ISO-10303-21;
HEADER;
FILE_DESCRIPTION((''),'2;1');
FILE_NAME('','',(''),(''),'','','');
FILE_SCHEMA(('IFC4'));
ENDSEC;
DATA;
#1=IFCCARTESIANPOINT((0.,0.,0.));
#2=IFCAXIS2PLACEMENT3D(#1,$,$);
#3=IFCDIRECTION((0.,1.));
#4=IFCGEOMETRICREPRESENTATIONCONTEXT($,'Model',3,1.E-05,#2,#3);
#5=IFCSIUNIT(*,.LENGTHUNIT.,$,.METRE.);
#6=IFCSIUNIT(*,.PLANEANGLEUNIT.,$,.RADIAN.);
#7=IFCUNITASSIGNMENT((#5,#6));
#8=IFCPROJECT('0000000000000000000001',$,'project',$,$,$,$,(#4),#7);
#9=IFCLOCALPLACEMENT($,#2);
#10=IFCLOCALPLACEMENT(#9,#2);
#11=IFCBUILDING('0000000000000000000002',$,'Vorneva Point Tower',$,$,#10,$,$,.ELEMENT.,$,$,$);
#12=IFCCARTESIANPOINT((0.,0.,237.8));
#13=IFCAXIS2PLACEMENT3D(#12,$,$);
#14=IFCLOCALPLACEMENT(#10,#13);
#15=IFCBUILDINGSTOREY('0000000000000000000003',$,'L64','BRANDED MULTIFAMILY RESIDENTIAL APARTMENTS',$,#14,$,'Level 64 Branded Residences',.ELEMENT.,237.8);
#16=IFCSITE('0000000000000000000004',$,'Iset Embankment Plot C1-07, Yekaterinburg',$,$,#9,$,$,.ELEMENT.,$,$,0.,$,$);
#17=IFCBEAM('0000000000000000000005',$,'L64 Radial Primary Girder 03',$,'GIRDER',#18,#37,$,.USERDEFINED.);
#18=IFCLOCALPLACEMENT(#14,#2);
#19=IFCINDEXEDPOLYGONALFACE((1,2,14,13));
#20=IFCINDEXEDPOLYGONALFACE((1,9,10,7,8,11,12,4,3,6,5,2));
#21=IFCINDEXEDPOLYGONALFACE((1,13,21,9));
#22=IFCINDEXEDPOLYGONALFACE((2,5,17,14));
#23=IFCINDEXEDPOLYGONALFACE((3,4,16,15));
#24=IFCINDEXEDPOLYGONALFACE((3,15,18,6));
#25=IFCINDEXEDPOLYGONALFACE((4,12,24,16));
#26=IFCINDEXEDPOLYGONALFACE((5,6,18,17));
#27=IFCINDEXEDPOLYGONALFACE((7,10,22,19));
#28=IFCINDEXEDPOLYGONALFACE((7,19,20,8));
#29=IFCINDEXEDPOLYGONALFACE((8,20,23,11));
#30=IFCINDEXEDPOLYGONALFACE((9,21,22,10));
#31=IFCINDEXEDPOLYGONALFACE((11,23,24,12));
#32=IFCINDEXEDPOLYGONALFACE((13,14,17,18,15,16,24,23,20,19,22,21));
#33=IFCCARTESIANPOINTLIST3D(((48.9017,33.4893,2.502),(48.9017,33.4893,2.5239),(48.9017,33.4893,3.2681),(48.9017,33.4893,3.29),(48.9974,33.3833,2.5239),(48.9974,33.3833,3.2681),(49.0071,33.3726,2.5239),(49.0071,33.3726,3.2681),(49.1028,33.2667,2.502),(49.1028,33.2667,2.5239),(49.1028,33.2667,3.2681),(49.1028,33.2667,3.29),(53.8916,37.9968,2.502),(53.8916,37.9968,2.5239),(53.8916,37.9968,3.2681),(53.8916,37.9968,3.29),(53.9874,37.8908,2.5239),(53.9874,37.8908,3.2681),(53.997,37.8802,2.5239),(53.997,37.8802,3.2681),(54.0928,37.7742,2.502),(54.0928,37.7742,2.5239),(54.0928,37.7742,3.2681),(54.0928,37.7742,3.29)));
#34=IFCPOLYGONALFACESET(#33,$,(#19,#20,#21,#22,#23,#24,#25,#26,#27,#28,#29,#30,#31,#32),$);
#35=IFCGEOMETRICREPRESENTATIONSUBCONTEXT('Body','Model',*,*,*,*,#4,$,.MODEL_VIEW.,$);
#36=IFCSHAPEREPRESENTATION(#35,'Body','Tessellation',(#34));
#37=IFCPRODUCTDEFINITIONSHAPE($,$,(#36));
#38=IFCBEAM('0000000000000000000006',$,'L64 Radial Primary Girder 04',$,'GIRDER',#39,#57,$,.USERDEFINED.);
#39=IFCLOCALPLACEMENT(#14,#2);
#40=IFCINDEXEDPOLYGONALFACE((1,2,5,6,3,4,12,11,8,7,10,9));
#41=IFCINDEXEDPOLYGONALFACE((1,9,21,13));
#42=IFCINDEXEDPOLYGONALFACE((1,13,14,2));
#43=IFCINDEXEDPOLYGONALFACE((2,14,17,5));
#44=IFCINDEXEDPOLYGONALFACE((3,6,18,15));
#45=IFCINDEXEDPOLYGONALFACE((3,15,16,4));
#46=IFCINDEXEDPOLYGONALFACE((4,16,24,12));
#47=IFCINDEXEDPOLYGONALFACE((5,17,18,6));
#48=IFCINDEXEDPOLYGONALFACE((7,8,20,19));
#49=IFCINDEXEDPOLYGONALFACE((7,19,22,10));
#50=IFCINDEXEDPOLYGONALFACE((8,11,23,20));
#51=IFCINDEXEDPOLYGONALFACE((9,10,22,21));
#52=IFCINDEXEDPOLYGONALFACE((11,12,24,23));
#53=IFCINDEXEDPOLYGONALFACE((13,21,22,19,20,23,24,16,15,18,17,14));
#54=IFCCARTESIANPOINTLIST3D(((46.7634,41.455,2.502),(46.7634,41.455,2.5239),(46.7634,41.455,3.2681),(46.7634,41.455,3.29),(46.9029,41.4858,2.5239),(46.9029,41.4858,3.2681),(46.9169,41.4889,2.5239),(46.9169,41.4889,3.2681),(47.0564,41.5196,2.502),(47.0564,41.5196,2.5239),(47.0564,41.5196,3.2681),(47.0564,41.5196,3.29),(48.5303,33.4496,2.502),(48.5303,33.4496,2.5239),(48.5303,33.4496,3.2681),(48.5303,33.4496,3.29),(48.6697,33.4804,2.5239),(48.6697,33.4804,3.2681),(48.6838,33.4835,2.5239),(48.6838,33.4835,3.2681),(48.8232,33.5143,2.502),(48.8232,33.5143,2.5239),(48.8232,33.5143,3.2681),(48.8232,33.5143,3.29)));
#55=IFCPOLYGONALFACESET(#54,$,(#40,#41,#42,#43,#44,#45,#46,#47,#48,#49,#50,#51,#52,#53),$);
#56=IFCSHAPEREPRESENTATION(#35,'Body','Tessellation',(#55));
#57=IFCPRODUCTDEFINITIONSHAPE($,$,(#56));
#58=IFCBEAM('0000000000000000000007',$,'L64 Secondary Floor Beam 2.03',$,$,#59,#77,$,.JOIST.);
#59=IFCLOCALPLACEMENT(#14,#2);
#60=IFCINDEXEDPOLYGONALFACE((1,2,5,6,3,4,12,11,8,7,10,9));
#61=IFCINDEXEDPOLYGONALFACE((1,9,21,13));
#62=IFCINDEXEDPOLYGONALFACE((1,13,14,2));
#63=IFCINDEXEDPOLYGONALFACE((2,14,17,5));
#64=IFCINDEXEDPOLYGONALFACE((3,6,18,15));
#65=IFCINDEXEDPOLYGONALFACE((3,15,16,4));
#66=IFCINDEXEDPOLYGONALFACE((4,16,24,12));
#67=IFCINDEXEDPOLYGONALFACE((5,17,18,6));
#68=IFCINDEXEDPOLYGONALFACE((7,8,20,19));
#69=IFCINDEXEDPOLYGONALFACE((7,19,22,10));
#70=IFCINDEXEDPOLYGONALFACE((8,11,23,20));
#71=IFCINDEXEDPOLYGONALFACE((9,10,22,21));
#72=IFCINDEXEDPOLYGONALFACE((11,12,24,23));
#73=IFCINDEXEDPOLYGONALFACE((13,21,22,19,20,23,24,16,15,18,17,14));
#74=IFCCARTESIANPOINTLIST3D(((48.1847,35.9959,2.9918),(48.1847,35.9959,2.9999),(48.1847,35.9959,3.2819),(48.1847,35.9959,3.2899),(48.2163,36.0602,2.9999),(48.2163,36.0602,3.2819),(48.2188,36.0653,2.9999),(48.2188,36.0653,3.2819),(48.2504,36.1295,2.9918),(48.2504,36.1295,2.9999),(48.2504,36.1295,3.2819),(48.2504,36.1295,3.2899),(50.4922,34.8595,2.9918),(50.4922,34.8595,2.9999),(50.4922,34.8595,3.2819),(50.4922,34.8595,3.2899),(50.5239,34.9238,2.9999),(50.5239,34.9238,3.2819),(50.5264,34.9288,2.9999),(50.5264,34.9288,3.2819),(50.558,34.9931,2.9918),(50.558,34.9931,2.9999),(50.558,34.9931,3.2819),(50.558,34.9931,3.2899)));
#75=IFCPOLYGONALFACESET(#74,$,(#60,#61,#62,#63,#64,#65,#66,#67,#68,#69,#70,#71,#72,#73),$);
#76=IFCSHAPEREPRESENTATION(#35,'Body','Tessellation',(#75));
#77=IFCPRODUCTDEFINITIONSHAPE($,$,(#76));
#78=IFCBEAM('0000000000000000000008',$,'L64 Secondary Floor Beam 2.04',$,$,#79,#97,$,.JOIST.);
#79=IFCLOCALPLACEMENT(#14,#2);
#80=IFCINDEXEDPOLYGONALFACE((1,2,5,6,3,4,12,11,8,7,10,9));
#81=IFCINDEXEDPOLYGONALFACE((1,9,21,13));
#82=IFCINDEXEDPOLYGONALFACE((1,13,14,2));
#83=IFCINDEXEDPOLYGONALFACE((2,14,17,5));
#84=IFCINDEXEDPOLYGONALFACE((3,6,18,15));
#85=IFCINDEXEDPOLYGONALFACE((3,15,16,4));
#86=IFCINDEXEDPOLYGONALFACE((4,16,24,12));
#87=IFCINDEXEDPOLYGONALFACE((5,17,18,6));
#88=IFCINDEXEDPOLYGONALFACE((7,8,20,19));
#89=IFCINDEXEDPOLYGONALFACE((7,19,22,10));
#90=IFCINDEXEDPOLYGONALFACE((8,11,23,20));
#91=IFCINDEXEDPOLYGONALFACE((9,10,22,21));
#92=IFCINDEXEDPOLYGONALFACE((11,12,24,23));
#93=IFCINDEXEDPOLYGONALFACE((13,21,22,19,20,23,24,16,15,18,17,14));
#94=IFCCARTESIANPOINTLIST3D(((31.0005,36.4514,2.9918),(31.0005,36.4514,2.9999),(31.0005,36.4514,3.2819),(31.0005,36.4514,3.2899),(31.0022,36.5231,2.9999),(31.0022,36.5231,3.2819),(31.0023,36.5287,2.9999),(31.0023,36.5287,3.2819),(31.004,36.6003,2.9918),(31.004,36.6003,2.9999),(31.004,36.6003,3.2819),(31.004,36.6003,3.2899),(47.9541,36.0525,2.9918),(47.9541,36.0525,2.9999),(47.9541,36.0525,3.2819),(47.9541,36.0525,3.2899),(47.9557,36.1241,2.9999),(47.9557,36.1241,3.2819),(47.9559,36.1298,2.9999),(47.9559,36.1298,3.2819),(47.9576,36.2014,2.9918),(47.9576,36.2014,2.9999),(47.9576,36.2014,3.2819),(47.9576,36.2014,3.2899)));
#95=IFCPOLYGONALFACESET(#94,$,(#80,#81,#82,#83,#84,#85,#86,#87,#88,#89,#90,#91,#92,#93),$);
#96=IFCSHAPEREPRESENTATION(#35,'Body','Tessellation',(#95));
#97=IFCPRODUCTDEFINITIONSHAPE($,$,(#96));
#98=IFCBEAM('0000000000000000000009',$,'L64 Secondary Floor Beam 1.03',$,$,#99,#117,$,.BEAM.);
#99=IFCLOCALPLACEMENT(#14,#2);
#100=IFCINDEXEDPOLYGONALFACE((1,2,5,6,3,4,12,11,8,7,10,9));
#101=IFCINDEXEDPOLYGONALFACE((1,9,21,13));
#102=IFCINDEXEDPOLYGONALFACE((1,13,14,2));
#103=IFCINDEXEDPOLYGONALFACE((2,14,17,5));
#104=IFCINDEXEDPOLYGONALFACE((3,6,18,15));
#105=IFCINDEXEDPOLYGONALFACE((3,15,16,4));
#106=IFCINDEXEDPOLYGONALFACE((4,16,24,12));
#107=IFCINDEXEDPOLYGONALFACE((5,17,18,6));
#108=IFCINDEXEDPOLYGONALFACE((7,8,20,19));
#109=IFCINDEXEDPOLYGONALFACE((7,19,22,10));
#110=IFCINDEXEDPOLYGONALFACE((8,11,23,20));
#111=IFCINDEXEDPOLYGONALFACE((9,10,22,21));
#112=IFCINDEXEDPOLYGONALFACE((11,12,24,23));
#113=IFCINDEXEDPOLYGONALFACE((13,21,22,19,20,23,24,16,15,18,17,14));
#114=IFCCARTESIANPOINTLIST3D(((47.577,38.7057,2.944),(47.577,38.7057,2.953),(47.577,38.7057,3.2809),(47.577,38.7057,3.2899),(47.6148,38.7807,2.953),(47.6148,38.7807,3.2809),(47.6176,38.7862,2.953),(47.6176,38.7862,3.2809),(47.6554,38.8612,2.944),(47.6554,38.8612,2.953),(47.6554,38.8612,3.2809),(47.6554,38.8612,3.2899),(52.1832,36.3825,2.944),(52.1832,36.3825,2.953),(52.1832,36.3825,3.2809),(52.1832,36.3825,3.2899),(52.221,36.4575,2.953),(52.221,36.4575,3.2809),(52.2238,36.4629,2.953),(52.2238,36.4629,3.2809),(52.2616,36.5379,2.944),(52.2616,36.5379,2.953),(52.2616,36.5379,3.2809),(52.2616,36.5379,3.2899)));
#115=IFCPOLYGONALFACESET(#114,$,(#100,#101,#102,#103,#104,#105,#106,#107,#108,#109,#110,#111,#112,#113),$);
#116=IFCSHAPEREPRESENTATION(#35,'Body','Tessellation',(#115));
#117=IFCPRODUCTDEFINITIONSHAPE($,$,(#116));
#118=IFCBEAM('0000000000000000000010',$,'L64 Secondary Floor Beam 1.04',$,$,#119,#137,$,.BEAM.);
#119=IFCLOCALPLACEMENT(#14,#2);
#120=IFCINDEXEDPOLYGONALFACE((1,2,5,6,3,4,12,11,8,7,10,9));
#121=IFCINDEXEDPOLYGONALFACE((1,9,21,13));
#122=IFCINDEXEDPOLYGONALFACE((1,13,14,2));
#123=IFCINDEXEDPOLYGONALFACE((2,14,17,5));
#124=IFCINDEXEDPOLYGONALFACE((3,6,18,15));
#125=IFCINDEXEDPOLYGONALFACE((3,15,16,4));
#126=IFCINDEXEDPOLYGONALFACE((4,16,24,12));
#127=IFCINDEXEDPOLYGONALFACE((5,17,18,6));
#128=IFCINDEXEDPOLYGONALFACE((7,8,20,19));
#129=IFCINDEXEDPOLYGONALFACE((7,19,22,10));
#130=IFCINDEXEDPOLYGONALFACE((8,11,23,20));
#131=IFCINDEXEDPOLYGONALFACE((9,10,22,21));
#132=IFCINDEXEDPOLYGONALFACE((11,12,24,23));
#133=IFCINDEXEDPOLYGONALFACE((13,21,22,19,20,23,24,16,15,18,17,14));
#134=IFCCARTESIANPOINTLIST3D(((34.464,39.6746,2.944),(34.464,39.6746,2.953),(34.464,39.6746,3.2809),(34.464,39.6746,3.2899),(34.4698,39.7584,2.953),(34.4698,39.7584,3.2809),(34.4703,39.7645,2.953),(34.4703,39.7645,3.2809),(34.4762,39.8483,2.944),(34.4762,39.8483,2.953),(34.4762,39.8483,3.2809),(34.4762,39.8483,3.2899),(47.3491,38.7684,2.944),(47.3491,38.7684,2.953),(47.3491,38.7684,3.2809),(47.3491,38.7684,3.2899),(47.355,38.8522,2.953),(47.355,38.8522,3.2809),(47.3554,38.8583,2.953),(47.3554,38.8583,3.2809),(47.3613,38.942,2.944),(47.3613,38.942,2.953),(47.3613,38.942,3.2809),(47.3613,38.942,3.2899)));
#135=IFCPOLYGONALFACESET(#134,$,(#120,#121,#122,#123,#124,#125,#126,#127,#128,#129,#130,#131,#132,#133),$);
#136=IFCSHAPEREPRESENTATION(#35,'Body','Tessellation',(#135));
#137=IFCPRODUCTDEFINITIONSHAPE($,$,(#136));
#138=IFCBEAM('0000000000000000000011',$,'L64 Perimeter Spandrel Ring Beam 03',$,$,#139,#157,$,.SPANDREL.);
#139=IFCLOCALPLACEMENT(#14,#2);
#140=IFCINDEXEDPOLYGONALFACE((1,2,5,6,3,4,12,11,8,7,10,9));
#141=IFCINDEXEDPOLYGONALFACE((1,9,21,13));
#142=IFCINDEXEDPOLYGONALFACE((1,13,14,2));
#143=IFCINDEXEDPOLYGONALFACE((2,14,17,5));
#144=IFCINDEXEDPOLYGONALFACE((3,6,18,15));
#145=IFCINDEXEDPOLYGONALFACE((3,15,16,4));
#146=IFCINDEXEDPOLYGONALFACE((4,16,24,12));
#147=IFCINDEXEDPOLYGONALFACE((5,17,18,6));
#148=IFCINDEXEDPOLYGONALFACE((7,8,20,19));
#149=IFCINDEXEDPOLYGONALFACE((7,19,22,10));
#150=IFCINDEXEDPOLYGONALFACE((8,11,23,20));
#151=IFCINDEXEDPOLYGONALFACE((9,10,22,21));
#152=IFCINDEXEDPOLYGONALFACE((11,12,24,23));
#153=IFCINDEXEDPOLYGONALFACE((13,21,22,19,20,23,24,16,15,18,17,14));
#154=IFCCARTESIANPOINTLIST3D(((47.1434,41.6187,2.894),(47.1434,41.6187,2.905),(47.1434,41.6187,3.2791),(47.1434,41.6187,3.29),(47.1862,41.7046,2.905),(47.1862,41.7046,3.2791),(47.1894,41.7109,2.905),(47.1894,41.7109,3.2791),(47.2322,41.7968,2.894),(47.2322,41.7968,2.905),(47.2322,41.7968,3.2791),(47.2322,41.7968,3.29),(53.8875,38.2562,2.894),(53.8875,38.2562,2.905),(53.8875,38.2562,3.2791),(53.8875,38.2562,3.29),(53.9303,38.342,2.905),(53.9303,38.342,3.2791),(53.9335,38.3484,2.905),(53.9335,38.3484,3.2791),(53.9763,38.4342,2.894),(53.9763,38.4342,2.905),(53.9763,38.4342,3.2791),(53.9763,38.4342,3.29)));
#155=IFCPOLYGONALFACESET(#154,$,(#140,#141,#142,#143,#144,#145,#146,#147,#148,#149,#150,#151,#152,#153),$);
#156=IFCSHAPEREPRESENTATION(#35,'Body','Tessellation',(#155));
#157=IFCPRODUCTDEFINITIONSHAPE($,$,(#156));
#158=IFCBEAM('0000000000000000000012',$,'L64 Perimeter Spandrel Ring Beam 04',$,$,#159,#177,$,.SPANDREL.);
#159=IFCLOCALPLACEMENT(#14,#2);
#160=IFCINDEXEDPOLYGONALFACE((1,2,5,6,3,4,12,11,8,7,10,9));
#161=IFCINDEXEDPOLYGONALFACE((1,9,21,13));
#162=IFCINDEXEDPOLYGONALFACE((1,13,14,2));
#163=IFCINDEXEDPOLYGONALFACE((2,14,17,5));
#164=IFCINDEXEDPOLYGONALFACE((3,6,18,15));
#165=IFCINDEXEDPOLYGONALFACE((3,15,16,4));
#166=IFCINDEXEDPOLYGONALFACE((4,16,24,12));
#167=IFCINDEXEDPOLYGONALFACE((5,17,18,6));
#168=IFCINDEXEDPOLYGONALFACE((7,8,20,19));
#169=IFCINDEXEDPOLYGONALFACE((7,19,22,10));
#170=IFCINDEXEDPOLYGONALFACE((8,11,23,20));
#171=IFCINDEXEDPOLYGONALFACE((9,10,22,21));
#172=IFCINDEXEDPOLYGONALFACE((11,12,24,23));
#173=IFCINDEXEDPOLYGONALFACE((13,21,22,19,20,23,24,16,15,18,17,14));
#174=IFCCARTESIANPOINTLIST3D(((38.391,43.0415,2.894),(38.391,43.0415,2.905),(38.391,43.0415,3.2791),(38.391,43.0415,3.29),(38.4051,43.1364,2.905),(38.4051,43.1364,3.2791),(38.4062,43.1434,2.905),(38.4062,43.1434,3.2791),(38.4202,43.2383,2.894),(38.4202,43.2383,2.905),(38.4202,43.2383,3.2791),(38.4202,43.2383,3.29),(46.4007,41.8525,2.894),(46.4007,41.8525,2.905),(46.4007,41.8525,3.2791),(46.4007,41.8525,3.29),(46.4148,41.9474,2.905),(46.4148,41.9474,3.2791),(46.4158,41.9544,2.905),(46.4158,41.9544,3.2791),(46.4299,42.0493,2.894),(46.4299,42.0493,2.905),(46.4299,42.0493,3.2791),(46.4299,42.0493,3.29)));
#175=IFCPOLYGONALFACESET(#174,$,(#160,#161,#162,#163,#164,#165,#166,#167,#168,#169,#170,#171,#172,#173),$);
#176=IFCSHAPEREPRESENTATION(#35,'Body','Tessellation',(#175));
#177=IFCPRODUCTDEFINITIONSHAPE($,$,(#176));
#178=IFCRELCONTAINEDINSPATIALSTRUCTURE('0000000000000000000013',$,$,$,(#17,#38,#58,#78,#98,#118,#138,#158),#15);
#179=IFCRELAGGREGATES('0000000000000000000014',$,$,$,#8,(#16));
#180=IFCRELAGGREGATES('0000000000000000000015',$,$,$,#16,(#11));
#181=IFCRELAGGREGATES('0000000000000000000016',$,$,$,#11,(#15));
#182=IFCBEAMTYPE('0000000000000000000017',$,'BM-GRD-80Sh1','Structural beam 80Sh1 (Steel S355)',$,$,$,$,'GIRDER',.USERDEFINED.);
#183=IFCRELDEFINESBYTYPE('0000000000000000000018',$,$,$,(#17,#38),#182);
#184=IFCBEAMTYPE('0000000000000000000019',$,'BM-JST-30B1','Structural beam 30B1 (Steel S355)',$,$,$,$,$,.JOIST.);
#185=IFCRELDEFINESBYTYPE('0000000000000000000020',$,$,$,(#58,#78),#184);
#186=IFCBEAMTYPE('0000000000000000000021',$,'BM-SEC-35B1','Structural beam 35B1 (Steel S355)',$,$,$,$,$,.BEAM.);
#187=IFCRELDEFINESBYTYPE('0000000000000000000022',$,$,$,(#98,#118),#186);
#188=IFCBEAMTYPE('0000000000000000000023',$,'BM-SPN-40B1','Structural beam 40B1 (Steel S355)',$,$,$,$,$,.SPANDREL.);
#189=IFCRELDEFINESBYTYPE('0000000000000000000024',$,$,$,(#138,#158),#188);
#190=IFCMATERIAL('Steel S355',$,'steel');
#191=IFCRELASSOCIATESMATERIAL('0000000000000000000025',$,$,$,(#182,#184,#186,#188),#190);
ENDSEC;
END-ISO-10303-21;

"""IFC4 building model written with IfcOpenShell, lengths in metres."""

from ifc_helpers import new_model, si_unit, direction, frame, origin, origin_2d, place, context, subcontext, project, spatial, i_section, extrude, material, material_profile, profile_set, type_object, element, save


model = new_model("IFC4")

# Units and contexts
model_context = context("Model", 3, precision=1e-05, world=origin(), true_north=direction((0.0, 1.0)))
body_context = subcontext(model_context, "Body", "Model", "MODEL_VIEW")
ifc_project = project(units=[si_unit("LENGTHUNIT", "METRE"), si_unit("PLANEANGLEUNIT", "RADIAN")], contexts=[model_context])

# Site, building, storey
site_placement = place(None, origin())
site = spatial("IfcSite", under=ifc_project, at=site_placement, Name="Iset Embankment Plot C1-07, Yekaterinburg", CompositionType="ELEMENT", RefElevation=0.0)
building_placement = place(site_placement, origin())
building = spatial("IfcBuilding", under=site, at=building_placement, Name="Vorneva Point Tower", CompositionType="ELEMENT")
storey_placement = place(building_placement, frame((0.0, 0.0, 237.8)))
storey = spatial("IfcBuildingStorey", under=building, at=storey_placement, Name="L64", Description="BRANDED MULTIFAMILY RESIDENTIAL APARTMENTS", LongName="Level 64 Branded Residences", CompositionType="ELEMENT", Elevation=237.8)

# Beams
ifc_material_1 = material(Name="Steel S355", Category="steel")
ifc_material_profile_1 = material_profile(ifc_material_1, i_section(OverallWidth=0.3, OverallDepth=0.7881, WebThickness=0.0144, FlangeThickness=0.022, at=origin_2d()), Name="80Sh1")
ifc_profile_set_1 = profile_set([ifc_material_profile_1], Name="Steel S355")
beam_type_1 = type_object("IfcBeamType", Name="BM-GRD-80Sh1", Description="Structural beam 80Sh1 (Steel S355)", ElementType="GIRDER", PredefinedType="USERDEFINED", material=ifc_profile_set_1)
beam_1_placement = place(storey_placement, frame((53.9922, 37.8855, 2.896), z_axis=(-0.742067, -0.670326, 0.0), x_axis=(0.670326, -0.742067, 0.0)))
element("IfcBeam", 1, at=beam_1_placement, inside=storey, type_object=beam_type_1, Name="L64 Radial Primary Girder 03", ObjectType="GIRDER", PredefinedType="USERDEFINED", context=body_context, shape_type="SweptSolid", body=[
    extrude(i_section(OverallWidth=0.3, OverallDepth=0.7881, WebThickness=0.0144, FlangeThickness=0.022, at=origin_2d()), origin(), (0.0, 0.0, 1.0), 6.7244),
])
beam_2_placement = place(storey_placement, frame((46.9099, 41.4873, 2.896), z_axis=(0.215521, -0.976499, 0.0), x_axis=(0.976499, 0.215521, 0.0)))
element("IfcBeam", 2, at=beam_2_placement, inside=storey, type_object=beam_type_1, Name="L64 Radial Primary Girder 04", ObjectType="GIRDER", PredefinedType="USERDEFINED", context=body_context, shape_type="SweptSolid", body=[
    extrude(i_section(OverallWidth=0.3, OverallDepth=0.7881, WebThickness=0.0144, FlangeThickness=0.022, at=origin_2d()), origin(), (0.0, 0.0, 1.0), 8.198),
])
ifc_material_profile_2 = material_profile(ifc_material_1, i_section(OverallWidth=0.1489, OverallDepth=0.2981, WebThickness=0.0056, FlangeThickness=0.0081, at=origin_2d()), Name="30B1")
ifc_profile_set_2 = profile_set([ifc_material_profile_2], Name="Steel S355")
beam_type_2 = type_object("IfcBeamType", Name="BM-JST-30B1", Description="Structural beam 30B1 (Steel S355)", PredefinedType="JOIST", material=ifc_profile_set_2)
beam_3_placement = place(storey_placement, frame((50.5251, 34.9263, 3.1409), z_axis=(-0.897106, 0.441814, 0.0), x_axis=(-0.441814, -0.897106, 0.0)))
element("IfcBeam", 3, at=beam_3_placement, inside=storey, type_object=beam_type_2, Name="L64 Secondary Floor Beam 2.03", PredefinedType="JOIST", context=body_context, shape_type="SweptSolid", body=[
    extrude(i_section(OverallWidth=0.1489, OverallDepth=0.2981, WebThickness=0.0056, FlangeThickness=0.0081, at=origin_2d()), origin(), (0.0, 0.0, 1.0), 2.5723),
])
beam_4_placement = place(storey_placement, frame((47.9558, 36.127, 3.1409), z_axis=(-0.999723, 0.023524, 0.0), x_axis=(-0.023524, -0.999723, 0.0)))
element("IfcBeam", 4, at=beam_4_placement, inside=storey, type_object=beam_type_2, Name="L64 Secondary Floor Beam 2.04", PredefinedType="JOIST", context=body_context, shape_type="SweptSolid", body=[
    extrude(i_section(OverallWidth=0.1489, OverallDepth=0.2981, WebThickness=0.0056, FlangeThickness=0.0081, at=origin_2d()), origin(), (0.0, 0.0, 1.0), 16.9583),
])
ifc_material_profile_3 = material_profile(ifc_material_1, i_section(OverallWidth=0.1741, OverallDepth=0.3459, WebThickness=0.0061, FlangeThickness=0.009, at=origin_2d()), Name="35B1")
ifc_profile_set_3 = profile_set([ifc_material_profile_3], Name="Steel S355")
beam_type_3 = type_object("IfcBeamType", Name="BM-SEC-35B1", Description="Structural beam 35B1 (Steel S355)", PredefinedType="BEAM", material=ifc_profile_set_3)
beam_5_placement = place(storey_placement, frame((52.2224, 36.4602, 3.1169), z_axis=(-0.89286, 0.450334, 0.0), x_axis=(-0.450334, -0.89286, 0.0)))
element("IfcBeam", 5, at=beam_5_placement, inside=storey, type_object=beam_type_3, Name="L64 Secondary Floor Beam 1.03", PredefinedType="BEAM", context=body_context, shape_type="SweptSolid", body=[
    extrude(i_section(OverallWidth=0.1741, OverallDepth=0.3459, WebThickness=0.0061, FlangeThickness=0.009, at=origin_2d()), origin(), (0.0, 0.0, 1.0), 5.1589),
])
beam_6_placement = place(storey_placement, frame((47.3552, 38.8552, 3.1169), z_axis=(-0.997536, 0.070159, 0.0), x_axis=(-0.070159, -0.997536, 0.0)))
element("IfcBeam", 6, at=beam_6_placement, inside=storey, type_object=beam_type_3, Name="L64 Secondary Floor Beam 1.04", PredefinedType="BEAM", context=body_context, shape_type="SweptSolid", body=[
    extrude(i_section(OverallWidth=0.1741, OverallDepth=0.3459, WebThickness=0.0061, FlangeThickness=0.009, at=origin_2d()), origin(), (0.0, 0.0, 1.0), 12.917),
])
ifc_material_profile_4 = material_profile(ifc_material_1, i_section(OverallWidth=0.199, OverallDepth=0.396, WebThickness=0.0071, FlangeThickness=0.011, at=origin_2d()), Name="40B1")
ifc_profile_set_4 = profile_set([ifc_material_profile_4], Name="Steel S355")
beam_type_4 = type_object("IfcBeamType", Name="BM-SPN-40B1", Description="Structural beam 40B1 (Steel S355)", PredefinedType="SPANDREL", material=ifc_profile_set_4)
beam_7_placement = place(storey_placement, frame((53.9319, 38.3452, 3.092), z_axis=(-0.894932, 0.446203, 0.0), x_axis=(-0.446203, -0.894932, 0.0)))
element("IfcBeam", 7, at=beam_7_placement, inside=storey, type_object=beam_type_4, Name="L64 Perimeter Spandrel Ring Beam 03", PredefinedType="SPANDREL", context=body_context, shape_type="SweptSolid", body=[
    extrude(i_section(OverallWidth=0.199, OverallDepth=0.396, WebThickness=0.0071, FlangeThickness=0.011, at=origin_2d()), origin(), (0.0, 0.0, 1.0), 7.5359),
])
beam_8_placement = place(storey_placement, frame((46.4153, 41.9509, 3.092), z_axis=(-0.989162, 0.146831, 0.0), x_axis=(-0.146831, -0.989162, 0.0)))
element("IfcBeam", 8, at=beam_8_placement, inside=storey, type_object=beam_type_4, Name="L64 Perimeter Spandrel Ring Beam 04", PredefinedType="SPANDREL", context=body_context, shape_type="SweptSolid", body=[
    extrude(i_section(OverallWidth=0.199, OverallDepth=0.396, WebThickness=0.0071, FlangeThickness=0.011, at=origin_2d()), origin(), (0.0, 0.0, 1.0), 8.0974),
])

save(model, "model.ifc")
